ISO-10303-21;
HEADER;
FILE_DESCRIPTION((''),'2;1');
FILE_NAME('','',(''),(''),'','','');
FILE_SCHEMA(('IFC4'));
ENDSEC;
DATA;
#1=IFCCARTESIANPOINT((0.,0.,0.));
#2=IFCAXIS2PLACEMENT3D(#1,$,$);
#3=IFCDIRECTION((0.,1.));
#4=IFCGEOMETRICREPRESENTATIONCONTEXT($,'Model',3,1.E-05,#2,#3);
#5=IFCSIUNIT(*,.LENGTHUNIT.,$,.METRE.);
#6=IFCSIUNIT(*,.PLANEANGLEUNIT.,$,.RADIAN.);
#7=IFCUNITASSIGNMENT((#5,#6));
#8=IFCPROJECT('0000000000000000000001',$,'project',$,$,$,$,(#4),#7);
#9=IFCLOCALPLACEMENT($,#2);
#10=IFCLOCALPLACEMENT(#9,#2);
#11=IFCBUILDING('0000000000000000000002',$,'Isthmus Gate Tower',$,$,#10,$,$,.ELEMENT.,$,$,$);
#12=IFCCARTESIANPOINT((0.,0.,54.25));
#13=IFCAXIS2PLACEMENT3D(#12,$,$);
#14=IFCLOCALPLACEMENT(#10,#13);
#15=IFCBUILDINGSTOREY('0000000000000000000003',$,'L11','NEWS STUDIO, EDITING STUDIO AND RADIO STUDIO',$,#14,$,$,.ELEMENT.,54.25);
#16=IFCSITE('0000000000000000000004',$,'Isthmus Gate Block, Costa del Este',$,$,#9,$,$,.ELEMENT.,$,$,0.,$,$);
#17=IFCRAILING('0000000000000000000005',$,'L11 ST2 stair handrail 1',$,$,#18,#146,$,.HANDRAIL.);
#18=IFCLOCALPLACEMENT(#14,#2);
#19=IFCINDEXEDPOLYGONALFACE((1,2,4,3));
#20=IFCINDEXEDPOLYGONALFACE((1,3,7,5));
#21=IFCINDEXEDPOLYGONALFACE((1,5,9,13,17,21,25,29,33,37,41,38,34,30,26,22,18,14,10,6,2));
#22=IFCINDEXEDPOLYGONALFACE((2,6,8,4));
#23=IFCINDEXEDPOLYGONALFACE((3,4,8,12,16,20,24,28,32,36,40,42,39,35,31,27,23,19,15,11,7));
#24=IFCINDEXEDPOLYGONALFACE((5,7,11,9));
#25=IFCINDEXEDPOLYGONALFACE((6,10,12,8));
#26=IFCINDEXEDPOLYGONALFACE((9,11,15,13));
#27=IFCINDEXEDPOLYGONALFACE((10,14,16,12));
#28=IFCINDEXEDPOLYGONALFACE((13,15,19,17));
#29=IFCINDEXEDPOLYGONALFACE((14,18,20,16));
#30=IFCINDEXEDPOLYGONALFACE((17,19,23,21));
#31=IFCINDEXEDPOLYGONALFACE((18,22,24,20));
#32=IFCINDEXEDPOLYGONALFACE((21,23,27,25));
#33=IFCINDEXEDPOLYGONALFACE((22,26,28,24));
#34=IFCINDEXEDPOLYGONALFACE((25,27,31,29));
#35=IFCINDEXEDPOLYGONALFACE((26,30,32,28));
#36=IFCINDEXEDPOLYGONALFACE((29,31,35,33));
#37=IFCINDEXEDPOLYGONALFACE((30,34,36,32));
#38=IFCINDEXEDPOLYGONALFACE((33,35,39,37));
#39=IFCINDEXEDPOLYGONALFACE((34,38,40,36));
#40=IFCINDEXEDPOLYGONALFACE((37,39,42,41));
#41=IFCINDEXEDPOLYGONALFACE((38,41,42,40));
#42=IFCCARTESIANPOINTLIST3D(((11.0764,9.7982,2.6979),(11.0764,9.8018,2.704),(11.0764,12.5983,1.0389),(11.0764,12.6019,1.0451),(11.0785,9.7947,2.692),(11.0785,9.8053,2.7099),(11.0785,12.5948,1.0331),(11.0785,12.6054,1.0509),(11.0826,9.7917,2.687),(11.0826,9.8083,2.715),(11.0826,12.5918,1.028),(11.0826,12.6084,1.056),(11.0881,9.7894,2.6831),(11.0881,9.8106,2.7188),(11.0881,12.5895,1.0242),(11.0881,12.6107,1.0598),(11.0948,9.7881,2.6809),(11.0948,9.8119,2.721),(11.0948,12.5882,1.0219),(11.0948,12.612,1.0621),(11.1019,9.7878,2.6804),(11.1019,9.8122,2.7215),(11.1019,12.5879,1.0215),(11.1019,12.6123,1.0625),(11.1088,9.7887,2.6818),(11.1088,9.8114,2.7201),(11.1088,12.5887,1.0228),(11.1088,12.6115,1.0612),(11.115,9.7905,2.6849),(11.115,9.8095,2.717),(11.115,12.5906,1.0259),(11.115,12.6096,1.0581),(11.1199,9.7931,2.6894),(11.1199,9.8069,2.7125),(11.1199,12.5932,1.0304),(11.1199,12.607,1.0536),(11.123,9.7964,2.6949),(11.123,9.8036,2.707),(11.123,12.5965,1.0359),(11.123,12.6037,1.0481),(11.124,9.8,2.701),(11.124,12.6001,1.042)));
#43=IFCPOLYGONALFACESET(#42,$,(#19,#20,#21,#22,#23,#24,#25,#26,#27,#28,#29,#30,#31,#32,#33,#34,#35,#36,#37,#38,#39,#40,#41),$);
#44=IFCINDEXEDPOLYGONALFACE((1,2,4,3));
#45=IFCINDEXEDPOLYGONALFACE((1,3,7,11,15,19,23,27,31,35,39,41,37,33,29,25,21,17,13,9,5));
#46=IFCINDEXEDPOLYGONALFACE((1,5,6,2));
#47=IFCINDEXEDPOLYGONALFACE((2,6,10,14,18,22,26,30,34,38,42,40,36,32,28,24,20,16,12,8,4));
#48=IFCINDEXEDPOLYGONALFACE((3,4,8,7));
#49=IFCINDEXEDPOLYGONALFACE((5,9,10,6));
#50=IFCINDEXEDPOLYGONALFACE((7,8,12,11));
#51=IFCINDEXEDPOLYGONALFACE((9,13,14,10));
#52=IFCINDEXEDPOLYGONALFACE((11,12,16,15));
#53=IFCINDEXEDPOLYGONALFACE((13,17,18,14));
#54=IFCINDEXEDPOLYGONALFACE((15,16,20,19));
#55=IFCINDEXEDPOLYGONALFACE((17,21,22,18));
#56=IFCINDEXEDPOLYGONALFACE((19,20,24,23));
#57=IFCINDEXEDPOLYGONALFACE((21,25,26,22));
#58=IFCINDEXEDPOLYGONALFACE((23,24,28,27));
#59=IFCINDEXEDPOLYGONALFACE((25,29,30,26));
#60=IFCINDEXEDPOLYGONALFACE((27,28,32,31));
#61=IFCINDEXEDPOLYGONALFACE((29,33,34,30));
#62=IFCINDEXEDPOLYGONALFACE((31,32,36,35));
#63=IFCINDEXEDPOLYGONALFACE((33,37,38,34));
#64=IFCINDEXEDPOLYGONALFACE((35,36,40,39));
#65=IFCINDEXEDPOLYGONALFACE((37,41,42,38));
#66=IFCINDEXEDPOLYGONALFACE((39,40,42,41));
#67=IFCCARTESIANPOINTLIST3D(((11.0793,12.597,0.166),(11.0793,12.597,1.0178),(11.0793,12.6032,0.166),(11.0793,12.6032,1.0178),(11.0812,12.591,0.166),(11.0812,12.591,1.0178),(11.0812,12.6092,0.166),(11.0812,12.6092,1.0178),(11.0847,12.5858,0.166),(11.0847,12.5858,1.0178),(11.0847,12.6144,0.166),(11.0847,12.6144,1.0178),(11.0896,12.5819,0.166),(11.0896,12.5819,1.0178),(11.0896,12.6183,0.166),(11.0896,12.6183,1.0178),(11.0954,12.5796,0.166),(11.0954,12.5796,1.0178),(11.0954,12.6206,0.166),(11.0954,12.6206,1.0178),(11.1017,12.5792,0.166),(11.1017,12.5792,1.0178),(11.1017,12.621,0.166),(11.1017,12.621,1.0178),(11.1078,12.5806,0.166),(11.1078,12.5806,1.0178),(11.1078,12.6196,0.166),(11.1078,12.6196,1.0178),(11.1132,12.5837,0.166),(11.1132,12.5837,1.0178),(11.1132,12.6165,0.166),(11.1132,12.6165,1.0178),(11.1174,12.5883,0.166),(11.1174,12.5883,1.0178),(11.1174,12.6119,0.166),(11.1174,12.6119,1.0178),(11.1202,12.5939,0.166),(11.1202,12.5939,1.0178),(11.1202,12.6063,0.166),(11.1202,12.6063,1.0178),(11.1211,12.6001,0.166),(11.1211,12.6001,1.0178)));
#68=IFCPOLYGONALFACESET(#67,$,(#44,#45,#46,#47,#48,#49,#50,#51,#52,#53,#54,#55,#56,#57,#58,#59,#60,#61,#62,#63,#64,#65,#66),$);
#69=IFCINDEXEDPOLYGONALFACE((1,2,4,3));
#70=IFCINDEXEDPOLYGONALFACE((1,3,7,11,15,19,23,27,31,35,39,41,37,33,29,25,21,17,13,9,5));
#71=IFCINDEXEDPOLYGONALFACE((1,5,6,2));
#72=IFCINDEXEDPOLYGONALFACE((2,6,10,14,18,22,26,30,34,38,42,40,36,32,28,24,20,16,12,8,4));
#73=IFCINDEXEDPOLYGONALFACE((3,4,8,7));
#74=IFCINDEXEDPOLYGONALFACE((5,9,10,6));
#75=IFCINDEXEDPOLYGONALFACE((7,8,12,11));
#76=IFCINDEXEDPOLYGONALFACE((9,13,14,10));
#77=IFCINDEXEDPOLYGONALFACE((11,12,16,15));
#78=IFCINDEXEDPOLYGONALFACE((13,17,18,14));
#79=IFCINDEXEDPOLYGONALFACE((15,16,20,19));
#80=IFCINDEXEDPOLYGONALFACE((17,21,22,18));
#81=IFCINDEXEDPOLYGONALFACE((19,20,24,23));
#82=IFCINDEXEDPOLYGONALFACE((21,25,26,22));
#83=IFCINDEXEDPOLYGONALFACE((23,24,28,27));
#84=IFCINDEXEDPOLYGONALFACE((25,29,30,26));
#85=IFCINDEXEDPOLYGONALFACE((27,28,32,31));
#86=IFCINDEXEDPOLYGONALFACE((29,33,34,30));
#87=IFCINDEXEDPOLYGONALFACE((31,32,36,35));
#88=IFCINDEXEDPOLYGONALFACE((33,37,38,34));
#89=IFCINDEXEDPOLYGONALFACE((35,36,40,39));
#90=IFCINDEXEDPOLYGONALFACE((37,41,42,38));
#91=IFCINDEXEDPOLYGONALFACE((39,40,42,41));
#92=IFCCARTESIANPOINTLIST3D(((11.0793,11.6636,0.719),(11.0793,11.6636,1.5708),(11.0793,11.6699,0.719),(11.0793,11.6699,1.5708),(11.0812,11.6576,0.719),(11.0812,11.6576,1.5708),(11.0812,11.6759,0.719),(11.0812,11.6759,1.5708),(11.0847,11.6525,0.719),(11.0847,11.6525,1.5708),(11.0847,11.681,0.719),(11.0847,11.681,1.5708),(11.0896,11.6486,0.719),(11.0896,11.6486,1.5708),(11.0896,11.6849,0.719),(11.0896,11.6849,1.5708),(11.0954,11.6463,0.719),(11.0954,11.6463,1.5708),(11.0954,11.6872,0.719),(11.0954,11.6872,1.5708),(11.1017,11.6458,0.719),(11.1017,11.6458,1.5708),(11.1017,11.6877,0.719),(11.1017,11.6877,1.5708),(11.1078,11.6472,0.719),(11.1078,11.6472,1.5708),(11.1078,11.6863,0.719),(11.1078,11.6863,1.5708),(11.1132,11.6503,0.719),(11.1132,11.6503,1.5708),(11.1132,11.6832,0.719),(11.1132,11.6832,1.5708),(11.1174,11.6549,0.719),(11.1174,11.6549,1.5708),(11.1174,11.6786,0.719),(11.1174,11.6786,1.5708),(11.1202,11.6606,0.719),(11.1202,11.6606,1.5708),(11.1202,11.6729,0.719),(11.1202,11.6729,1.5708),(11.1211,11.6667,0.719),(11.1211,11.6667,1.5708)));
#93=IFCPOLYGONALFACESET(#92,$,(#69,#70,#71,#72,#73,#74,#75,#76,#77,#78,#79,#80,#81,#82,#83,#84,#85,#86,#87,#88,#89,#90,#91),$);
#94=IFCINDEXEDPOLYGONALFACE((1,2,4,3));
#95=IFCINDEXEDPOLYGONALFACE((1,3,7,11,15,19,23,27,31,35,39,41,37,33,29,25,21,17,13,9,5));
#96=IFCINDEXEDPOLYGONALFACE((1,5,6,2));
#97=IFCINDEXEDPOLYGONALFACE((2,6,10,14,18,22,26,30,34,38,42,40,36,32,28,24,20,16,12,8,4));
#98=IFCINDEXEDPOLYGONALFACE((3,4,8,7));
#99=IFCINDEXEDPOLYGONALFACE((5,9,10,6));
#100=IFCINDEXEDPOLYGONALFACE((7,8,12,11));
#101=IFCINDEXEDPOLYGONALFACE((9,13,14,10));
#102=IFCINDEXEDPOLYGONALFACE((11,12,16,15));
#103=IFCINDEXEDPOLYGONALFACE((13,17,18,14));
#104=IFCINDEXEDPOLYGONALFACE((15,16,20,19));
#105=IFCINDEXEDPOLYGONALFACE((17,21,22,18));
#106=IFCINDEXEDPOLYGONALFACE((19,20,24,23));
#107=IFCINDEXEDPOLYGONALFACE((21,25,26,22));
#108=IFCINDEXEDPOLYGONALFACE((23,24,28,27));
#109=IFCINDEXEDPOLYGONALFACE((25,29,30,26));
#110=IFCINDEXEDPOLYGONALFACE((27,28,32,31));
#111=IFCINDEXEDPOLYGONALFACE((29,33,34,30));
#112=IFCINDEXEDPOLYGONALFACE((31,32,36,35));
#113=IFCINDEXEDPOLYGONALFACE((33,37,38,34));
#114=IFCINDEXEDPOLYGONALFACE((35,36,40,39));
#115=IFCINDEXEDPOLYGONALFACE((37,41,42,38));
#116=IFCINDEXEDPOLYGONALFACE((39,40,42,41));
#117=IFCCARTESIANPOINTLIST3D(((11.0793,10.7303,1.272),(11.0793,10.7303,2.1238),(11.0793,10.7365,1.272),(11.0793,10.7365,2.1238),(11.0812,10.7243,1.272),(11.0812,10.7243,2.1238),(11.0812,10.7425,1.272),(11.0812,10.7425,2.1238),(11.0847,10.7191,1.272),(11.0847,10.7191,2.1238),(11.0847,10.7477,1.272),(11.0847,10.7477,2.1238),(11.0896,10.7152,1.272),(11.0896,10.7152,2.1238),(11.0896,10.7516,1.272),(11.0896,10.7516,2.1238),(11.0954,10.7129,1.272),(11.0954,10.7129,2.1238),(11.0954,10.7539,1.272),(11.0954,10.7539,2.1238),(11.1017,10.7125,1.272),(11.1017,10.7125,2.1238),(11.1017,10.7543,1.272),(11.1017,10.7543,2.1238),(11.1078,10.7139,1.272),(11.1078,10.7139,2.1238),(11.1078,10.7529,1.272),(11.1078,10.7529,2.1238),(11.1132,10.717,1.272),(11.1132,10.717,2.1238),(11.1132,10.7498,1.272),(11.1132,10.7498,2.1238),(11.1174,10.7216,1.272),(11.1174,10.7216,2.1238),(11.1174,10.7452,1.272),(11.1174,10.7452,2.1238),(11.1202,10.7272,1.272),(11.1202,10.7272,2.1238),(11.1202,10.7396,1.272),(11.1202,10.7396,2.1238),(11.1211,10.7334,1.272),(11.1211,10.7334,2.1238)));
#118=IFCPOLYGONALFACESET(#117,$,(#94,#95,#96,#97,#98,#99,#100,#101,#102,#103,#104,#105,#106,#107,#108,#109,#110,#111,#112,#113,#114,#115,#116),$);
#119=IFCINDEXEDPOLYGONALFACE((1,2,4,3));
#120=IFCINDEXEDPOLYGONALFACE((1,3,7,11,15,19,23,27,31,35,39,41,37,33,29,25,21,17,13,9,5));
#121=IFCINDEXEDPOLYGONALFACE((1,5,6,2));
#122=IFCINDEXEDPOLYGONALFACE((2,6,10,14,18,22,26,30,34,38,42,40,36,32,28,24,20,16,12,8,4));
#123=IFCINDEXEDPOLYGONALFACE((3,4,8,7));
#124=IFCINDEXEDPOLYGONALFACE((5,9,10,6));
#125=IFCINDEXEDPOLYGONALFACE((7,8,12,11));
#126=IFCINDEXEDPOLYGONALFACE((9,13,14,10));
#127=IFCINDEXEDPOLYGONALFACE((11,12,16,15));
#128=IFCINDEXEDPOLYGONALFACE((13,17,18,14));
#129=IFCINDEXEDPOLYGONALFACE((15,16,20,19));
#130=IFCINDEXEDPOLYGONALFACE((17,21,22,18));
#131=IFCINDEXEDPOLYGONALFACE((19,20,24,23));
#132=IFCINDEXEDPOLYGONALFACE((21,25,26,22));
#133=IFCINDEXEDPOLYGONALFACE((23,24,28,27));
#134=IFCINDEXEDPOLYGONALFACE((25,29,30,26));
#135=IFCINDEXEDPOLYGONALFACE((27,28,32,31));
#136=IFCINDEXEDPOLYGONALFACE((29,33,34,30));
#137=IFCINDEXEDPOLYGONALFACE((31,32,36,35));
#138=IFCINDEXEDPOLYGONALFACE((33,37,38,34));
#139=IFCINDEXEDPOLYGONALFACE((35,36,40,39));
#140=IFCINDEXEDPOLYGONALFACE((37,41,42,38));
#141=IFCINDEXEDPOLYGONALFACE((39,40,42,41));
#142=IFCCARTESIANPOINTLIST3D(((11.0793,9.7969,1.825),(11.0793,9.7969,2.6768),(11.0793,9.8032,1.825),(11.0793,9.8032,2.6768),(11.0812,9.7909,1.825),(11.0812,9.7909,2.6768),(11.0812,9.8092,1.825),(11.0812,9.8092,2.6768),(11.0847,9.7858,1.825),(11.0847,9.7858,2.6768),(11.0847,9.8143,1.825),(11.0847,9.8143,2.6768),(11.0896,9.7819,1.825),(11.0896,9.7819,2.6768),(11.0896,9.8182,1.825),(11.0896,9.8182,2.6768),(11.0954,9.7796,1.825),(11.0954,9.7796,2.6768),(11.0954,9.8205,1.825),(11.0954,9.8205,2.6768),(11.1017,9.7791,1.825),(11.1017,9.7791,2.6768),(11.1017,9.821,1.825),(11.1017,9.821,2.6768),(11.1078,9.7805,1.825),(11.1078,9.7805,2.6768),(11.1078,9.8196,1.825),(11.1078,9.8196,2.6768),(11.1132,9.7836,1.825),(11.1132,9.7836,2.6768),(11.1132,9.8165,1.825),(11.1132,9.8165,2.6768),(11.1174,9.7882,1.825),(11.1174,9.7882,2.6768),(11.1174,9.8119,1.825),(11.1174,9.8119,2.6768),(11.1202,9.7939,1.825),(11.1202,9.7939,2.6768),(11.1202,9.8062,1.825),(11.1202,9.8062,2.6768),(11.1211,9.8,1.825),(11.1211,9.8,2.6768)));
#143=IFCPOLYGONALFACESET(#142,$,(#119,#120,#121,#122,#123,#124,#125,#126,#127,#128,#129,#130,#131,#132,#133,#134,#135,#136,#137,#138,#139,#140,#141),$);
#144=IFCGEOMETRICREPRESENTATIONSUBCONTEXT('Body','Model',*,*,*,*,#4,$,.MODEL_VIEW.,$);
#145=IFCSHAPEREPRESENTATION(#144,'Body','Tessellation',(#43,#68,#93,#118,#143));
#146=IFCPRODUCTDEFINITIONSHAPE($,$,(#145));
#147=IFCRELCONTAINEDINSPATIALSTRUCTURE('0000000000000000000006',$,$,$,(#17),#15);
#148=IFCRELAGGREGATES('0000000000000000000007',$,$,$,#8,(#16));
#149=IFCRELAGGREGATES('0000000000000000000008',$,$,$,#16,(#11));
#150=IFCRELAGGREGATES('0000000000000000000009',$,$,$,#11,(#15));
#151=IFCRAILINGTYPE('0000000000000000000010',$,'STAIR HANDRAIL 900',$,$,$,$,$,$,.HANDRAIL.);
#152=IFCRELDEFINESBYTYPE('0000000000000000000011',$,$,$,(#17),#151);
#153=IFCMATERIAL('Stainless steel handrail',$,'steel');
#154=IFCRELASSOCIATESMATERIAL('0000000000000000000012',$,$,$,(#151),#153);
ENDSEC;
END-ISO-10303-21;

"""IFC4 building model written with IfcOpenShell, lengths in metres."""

from ifc_helpers import new_model, si_unit, direction, frame, origin, origin_2d, place, context, subcontext, project, spatial, circle, extrude, material, type_object, element, save


model = new_model("IFC4")

# Units and contexts
model_context = context("Model", 3, precision=1e-05, world=origin(), true_north=direction((0.0, 1.0)))
body_context = subcontext(model_context, "Body", "Model", "MODEL_VIEW")
ifc_project = project(units=[si_unit("LENGTHUNIT", "METRE"), si_unit("PLANEANGLEUNIT", "RADIAN")], contexts=[model_context])

# Site, building, storey
site_placement = place(None, origin())
site = spatial("IfcSite", under=ifc_project, at=site_placement, Name="Isthmus Gate Block, Costa del Este", CompositionType="ELEMENT", RefElevation=0.0)
building_placement = place(site_placement, origin())
building = spatial("IfcBuilding", under=site, at=building_placement, Name="Isthmus Gate Tower", CompositionType="ELEMENT")
storey_placement = place(building_placement, frame((0.0, 0.0, 54.25)))
storey = spatial("IfcBuildingStorey", under=building, at=storey_placement, Name="L11", Description="NEWS STUDIO, EDITING STUDIO AND RADIO STUDIO", CompositionType="ELEMENT", Elevation=54.25)

# Railing
ifc_material_1 = material(Name="Stainless steel handrail", Category="steel")
railing_type_1 = type_object("IfcRailingType", Name="STAIR HANDRAIL 900", PredefinedType="HANDRAIL", material=ifc_material_1)
railing_1_placement = place(storey_placement, frame((11.1001, 12.6001, 0.166)))
element("IfcRailing", 1, at=railing_1_placement, inside=storey, type_object=railing_type_1, Name="L11 ST2 stair handrail 1", PredefinedType="HANDRAIL", context=body_context, shape_type="SweptSolid", body=[
    extrude(circle(Radius=0.0239, at=origin_2d()), frame((0.0, 0.0, 0.876), z_axis=(0.0, -0.860339, 0.509722), x_axis=(1.0, 0.0, 0.0)), (0.0, 0.0, 1.0), 3.2546),
    extrude(circle(Radius=0.021, at=origin_2d()), origin(), (0.0, 0.0, 1.0), 0.8518),
    extrude(circle(Radius=0.021, at=origin_2d()), frame((0.0, -0.9333, 0.553)), (0.0, 0.0, 1.0), 0.8518),
    extrude(circle(Radius=0.021, at=origin_2d()), frame((0.0, -1.8667, 1.106)), (0.0, 0.0, 1.0), 0.8518),
    extrude(circle(Radius=0.021, at=origin_2d()), frame((0.0, -2.8, 1.6589)), (0.0, 0.0, 1.0), 0.8518),
])

save(model, "model.ifc")
